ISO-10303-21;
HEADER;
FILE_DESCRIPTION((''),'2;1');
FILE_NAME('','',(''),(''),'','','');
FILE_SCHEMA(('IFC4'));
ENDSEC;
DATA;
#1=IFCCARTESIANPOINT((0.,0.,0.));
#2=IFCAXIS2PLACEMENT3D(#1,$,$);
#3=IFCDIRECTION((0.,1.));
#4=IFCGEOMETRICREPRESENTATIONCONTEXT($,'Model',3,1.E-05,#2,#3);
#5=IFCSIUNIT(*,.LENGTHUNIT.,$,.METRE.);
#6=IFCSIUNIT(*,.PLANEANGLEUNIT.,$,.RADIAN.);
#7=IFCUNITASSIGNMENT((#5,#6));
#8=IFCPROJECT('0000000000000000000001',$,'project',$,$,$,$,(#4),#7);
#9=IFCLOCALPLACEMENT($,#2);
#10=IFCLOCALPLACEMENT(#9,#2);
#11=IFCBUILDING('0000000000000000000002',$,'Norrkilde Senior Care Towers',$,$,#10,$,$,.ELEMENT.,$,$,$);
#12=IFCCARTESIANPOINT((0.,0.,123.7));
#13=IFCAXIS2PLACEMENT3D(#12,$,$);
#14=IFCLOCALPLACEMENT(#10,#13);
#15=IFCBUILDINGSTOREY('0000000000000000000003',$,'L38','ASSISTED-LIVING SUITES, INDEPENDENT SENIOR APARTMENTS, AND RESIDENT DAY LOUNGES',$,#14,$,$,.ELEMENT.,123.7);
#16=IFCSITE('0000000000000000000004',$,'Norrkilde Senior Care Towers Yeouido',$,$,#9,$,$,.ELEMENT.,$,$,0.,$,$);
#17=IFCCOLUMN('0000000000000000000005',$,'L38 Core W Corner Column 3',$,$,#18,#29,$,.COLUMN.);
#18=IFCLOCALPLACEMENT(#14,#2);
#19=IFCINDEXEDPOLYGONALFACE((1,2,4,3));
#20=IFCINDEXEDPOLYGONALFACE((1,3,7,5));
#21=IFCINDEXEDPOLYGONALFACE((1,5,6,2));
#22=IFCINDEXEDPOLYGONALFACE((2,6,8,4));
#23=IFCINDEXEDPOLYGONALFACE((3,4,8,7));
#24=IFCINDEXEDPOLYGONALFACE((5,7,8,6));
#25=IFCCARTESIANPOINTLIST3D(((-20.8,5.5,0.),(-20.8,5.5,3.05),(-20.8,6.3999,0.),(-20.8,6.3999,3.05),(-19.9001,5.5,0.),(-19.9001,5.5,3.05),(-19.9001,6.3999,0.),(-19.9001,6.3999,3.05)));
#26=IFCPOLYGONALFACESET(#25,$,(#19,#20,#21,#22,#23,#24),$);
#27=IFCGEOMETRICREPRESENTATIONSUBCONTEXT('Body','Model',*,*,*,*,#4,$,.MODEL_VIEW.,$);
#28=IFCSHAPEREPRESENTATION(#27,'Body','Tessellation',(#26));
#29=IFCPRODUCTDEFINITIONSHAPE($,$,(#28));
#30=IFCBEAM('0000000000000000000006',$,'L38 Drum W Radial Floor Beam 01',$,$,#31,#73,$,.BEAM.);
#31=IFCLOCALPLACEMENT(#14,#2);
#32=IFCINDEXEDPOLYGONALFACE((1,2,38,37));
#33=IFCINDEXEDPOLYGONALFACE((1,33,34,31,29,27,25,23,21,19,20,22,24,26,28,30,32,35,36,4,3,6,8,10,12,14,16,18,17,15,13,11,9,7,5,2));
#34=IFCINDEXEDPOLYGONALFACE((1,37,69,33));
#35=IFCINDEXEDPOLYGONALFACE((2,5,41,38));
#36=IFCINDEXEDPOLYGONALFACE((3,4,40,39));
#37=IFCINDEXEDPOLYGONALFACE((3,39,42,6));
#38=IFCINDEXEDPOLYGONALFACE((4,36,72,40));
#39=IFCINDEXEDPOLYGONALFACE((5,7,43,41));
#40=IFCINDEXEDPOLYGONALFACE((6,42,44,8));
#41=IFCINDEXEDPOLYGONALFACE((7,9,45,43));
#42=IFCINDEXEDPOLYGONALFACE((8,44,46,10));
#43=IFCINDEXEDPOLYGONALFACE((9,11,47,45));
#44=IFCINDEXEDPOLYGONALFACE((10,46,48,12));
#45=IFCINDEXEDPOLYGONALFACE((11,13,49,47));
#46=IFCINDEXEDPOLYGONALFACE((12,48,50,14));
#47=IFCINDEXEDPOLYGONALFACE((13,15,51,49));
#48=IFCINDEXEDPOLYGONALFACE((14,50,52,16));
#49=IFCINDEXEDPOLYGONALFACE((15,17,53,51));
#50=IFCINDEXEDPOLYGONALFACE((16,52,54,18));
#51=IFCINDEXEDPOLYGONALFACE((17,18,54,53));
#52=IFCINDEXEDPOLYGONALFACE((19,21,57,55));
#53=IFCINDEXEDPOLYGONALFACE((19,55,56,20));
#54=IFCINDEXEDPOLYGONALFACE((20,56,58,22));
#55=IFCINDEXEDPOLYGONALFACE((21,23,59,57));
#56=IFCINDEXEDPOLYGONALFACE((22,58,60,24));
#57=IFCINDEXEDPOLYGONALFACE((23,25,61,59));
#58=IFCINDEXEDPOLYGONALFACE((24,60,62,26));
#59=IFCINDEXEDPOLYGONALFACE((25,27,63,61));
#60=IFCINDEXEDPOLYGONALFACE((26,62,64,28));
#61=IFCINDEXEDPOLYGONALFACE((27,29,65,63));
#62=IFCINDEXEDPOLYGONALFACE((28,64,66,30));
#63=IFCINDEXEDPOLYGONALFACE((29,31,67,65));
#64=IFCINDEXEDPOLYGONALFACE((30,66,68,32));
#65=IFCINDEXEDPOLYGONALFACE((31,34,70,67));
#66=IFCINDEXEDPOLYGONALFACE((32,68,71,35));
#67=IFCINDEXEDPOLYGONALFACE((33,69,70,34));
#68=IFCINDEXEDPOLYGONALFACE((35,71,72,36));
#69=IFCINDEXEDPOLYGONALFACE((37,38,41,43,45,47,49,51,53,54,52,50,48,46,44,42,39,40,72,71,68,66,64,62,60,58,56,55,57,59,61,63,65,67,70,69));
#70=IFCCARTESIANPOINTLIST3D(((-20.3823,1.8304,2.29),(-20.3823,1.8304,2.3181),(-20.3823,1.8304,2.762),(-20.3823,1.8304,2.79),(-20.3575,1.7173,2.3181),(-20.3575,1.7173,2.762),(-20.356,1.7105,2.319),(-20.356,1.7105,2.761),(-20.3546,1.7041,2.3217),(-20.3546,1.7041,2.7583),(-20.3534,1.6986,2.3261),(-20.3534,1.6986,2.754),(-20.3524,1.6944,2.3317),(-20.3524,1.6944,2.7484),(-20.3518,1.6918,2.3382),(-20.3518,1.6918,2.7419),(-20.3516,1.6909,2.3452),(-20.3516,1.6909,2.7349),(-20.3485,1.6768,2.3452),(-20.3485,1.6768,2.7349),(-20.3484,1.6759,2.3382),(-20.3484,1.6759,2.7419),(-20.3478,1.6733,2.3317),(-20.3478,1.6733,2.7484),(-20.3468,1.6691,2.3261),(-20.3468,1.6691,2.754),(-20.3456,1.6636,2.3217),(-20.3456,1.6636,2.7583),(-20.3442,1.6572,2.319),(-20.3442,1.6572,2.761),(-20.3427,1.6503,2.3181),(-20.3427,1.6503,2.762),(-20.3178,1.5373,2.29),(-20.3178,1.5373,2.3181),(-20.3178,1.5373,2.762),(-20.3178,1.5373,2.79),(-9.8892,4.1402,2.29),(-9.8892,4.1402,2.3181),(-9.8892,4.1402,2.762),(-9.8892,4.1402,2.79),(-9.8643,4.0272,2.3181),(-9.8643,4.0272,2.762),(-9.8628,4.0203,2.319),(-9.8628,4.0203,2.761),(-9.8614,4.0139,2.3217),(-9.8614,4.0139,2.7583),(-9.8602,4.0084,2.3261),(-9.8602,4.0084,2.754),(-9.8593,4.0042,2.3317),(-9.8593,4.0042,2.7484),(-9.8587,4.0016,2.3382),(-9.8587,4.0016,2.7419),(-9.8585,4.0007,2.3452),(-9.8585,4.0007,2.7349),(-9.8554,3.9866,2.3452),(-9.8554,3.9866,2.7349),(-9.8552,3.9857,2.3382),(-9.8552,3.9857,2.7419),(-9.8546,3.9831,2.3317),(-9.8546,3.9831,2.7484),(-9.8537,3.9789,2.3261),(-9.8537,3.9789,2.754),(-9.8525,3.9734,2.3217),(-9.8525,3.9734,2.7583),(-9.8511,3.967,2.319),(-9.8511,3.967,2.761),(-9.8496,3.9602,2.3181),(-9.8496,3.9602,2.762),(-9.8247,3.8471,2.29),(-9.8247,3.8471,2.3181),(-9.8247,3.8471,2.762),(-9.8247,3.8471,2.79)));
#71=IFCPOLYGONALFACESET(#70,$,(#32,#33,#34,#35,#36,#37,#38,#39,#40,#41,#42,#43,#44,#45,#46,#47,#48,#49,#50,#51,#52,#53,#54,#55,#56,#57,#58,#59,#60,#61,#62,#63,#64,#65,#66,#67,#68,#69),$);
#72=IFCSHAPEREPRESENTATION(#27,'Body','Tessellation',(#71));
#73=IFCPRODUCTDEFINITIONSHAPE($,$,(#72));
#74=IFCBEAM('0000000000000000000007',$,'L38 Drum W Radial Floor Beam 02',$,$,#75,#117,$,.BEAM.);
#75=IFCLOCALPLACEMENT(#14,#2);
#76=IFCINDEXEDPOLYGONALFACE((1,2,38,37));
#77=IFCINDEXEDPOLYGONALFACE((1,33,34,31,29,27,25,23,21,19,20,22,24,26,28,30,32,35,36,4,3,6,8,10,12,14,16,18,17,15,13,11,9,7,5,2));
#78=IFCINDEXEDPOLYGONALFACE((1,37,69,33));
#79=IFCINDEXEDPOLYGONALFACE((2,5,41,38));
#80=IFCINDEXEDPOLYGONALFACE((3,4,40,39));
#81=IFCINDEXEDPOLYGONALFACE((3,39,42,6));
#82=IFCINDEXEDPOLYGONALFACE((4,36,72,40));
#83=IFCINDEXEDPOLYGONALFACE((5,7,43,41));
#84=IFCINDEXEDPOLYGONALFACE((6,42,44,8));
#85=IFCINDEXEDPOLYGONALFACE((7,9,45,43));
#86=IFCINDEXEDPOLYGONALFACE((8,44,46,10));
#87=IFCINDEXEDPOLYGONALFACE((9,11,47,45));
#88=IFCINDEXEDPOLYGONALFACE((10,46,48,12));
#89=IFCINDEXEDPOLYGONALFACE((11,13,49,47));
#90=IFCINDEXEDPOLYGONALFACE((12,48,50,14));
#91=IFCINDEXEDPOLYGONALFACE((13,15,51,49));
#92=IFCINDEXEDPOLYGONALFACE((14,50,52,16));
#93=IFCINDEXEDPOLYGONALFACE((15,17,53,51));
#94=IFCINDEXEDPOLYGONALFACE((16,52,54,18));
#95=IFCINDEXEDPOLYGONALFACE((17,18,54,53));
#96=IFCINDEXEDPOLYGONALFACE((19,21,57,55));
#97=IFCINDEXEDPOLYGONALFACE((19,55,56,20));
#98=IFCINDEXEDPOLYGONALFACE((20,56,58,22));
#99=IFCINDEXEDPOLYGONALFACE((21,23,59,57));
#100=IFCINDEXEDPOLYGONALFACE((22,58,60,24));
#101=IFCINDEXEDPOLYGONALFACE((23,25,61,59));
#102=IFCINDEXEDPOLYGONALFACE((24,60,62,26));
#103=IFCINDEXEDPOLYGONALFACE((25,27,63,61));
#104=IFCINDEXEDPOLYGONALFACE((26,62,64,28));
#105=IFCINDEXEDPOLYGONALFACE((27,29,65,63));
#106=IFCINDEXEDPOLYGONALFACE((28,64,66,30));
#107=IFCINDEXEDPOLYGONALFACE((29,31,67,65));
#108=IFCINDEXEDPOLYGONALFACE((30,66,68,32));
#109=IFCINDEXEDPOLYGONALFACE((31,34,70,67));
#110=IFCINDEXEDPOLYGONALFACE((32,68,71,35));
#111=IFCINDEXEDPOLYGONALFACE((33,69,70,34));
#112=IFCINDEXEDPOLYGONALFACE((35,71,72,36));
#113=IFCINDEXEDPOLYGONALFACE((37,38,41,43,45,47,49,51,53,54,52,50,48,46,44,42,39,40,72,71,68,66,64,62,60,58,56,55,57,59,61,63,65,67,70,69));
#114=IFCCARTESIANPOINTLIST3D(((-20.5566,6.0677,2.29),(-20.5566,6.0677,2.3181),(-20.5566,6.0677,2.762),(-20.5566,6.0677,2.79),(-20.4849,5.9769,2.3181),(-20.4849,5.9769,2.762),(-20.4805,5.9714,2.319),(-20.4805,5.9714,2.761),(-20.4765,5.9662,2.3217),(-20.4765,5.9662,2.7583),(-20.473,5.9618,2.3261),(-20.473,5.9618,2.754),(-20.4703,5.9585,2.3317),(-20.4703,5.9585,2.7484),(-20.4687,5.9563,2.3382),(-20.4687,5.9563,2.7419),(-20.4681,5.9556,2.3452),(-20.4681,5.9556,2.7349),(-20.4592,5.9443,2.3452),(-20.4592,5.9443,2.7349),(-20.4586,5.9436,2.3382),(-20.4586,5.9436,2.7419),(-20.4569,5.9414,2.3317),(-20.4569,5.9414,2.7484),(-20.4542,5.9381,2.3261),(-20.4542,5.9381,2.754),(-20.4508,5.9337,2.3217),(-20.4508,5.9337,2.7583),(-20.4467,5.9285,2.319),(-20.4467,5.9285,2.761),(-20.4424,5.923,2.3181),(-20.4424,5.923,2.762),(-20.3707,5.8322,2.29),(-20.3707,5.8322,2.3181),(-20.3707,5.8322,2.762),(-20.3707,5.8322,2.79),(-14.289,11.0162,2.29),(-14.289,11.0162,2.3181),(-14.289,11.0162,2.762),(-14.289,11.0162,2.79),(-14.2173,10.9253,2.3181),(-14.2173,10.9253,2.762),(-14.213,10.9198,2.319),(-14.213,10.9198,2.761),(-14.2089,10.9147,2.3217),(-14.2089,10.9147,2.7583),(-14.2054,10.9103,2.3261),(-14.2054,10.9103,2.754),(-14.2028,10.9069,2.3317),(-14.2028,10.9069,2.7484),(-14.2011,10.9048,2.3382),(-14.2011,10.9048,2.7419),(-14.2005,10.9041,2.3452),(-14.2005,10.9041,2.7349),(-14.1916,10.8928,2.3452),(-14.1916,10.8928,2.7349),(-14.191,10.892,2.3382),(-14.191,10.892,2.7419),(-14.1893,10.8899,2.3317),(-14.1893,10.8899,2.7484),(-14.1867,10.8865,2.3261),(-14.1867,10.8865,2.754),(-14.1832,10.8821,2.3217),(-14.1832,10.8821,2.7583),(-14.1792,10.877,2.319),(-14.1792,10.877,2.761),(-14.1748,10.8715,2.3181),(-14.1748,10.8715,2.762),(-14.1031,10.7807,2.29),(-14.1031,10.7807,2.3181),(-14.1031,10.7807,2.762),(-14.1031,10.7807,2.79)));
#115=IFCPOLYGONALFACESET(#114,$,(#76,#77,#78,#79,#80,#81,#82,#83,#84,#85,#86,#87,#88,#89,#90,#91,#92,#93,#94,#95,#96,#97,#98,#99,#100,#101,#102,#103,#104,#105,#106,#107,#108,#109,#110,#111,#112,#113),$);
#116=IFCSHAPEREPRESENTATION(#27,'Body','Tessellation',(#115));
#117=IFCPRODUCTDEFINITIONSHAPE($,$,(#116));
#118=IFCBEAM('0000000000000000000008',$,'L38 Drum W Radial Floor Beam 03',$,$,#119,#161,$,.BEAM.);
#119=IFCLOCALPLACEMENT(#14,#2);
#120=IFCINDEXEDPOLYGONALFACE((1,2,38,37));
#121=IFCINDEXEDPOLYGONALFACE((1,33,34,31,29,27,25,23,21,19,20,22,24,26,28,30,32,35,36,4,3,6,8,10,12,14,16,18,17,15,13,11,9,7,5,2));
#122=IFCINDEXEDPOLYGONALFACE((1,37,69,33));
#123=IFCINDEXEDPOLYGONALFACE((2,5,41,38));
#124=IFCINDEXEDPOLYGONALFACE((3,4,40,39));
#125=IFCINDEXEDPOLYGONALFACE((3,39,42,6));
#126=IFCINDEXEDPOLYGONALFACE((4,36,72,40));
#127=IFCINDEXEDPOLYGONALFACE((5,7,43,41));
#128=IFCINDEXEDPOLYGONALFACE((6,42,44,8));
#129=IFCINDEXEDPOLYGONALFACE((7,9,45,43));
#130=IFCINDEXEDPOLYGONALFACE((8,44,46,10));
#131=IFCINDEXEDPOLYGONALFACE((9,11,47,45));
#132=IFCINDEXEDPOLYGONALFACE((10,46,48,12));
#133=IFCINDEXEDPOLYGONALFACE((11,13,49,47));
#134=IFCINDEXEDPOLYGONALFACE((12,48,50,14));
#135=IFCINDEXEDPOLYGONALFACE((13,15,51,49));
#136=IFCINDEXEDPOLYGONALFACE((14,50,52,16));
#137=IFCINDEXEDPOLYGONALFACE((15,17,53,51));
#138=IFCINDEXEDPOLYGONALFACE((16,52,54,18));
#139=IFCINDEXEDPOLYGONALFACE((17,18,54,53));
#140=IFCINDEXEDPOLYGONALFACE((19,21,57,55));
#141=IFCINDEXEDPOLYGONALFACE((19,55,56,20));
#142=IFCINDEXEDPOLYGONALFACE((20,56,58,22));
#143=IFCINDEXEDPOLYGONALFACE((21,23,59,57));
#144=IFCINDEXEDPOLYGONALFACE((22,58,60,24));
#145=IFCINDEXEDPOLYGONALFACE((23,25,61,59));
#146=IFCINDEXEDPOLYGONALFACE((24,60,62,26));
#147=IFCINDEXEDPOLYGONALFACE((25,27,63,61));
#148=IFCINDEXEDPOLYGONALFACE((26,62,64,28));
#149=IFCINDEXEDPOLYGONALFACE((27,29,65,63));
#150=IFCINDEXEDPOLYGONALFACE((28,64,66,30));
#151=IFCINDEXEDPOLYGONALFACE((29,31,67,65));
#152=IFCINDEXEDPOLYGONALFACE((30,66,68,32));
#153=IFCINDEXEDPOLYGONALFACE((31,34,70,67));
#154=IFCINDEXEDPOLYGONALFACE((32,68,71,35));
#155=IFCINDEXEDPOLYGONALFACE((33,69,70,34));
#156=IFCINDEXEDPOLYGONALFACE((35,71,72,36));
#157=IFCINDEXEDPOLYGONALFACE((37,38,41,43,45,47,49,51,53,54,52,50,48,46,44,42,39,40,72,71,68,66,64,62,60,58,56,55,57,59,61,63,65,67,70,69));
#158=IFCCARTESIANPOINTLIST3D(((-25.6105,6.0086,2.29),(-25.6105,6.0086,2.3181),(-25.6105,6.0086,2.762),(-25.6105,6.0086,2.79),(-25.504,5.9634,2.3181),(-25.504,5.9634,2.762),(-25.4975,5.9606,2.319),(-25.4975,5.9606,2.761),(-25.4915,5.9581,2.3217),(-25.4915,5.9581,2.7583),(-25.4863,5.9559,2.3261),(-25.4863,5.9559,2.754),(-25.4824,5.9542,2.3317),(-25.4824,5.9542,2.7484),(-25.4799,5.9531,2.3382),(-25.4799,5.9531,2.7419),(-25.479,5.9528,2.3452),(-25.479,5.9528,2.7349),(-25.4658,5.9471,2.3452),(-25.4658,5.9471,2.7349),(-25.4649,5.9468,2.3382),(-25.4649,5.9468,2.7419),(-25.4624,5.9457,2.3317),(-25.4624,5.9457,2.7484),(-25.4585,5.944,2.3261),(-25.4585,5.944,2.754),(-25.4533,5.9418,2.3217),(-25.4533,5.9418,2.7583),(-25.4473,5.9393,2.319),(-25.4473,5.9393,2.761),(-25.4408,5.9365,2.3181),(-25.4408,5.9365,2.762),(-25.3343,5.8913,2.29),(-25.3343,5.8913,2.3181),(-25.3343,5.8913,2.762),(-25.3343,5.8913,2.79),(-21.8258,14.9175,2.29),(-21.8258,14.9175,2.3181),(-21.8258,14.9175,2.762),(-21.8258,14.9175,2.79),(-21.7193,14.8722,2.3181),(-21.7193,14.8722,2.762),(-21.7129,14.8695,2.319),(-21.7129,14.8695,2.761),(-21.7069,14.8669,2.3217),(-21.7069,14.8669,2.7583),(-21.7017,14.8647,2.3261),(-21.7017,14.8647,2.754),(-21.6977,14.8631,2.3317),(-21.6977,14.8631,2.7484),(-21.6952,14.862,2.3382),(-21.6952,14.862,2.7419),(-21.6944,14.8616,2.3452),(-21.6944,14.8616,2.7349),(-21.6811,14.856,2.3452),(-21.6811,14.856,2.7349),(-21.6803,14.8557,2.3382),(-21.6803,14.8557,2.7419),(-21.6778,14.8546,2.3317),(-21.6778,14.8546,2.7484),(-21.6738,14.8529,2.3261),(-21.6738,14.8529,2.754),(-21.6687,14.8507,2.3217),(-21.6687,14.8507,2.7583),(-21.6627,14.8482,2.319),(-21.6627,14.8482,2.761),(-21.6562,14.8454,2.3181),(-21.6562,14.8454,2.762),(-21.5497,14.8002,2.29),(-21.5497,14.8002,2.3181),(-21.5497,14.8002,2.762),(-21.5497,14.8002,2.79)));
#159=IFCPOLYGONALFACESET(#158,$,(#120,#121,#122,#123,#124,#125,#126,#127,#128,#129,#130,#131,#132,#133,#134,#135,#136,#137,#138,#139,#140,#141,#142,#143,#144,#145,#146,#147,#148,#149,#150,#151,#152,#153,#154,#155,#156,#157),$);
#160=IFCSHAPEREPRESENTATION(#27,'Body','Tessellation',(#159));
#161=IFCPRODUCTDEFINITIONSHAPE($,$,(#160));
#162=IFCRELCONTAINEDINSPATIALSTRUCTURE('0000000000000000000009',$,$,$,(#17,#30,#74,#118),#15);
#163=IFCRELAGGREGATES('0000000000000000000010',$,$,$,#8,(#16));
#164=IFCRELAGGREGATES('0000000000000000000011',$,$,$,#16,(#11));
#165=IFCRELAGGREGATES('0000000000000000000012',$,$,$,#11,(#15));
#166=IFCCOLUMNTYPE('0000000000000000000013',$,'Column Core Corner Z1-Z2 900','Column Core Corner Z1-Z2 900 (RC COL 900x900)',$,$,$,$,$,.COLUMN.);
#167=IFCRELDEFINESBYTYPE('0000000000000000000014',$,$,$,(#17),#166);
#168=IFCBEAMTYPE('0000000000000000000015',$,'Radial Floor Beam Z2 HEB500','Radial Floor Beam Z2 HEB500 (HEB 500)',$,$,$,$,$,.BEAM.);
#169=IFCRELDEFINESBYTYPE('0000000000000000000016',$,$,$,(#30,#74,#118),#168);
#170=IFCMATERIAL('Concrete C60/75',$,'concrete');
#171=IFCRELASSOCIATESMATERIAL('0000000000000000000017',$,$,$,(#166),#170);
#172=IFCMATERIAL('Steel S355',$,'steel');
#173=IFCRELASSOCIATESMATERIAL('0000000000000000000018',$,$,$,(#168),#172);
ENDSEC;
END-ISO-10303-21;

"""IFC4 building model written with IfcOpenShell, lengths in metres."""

from ifc_helpers import new_model, si_unit, direction, frame, origin, origin_2d, place, context, subcontext, project, spatial, rectangle, i_section, extrude, source, transform, mapped, material, material_profile, profile_set, type_object, type_shapes, element, save


model = new_model("IFC4")

# Units and contexts
model_context = context("Model", 3, precision=1e-05, world=origin(), true_north=direction((0.0, 1.0)))
body_context = subcontext(model_context, "Body", "Model", "MODEL_VIEW")
ifc_project = project(units=[si_unit("LENGTHUNIT", "METRE"), si_unit("PLANEANGLEUNIT", "RADIAN")], contexts=[model_context])

# Site, building, storey
site_placement = place(None, origin())
site = spatial("IfcSite", under=ifc_project, at=site_placement, Name="Norrkilde Senior Care Towers Yeouido", CompositionType="ELEMENT", RefElevation=0.0)
building_placement = place(site_placement, origin())
building = spatial("IfcBuilding", under=site, at=building_placement, Name="Norrkilde Senior Care Towers", CompositionType="ELEMENT")
storey_placement = place(building_placement, frame((0.0, 0.0, 123.7)))
storey = spatial("IfcBuildingStorey", under=building, at=storey_placement, Name="L38", Description="ASSISTED-LIVING SUITES, INDEPENDENT SENIOR APARTMENTS, AND RESIDENT DAY LOUNGES", CompositionType="ELEMENT", Elevation=123.7)

# Column
ifc_material_1 = material(Name="Concrete C60/75", Category="concrete")
ifc_material_profile_1 = material_profile(ifc_material_1, rectangle(XDim=0.8999, YDim=0.8999, at=origin_2d()), Name="RC COL 900x900")
ifc_profile_set_1 = profile_set([ifc_material_profile_1], Name="Concrete C60/75")
column_type = type_object("IfcColumnType", Name="Column Core Corner Z1-Z2 900", Description="Column Core Corner Z1-Z2 900 (RC COL 900x900)", PredefinedType="COLUMN", material=ifc_profile_set_1)
shared_shape_1 = source(origin(), body_context, "Body", "SweptSolid", [
    extrude(rectangle(XDim=0.8999, YDim=0.8999, at=origin_2d()), origin(), (0.0, 0.0, 1.0), 3.05),
])
type_shapes(column_type, [shared_shape_1])
column_placement = place(storey_placement, frame((-20.3501, 5.95, 0.0), z_axis=(0.0, 0.0, 1.0), x_axis=(1.0, 0.0, 0.0)))
element("IfcColumn", 1, at=column_placement, inside=storey, type_object=column_type, Name="L38 Core W Corner Column 3", PredefinedType="COLUMN", context=body_context, shape_type="MappedRepresentation", body=[
    mapped(shared_shape_1, transform((0.0, 0.0, 0.0), x_axis=(1.0, 0.0, 0.0), y_axis=(0.0, 1.0, 0.0), z_axis=(0.0, 0.0, 1.0), scale=1.0)),
])

# Beams
ifc_material_2 = material(Name="Steel S355", Category="steel")
ifc_material_profile_2 = material_profile(ifc_material_2, i_section(OverallWidth=0.3, OverallDepth=0.5, WebThickness=0.0144, FlangeThickness=0.0281, FilletRadius=0.0271, at=origin_2d()), Name="HEB 500")
ifc_profile_set_2 = profile_set([ifc_material_profile_2], Name="Steel S355")
beam_type = type_object("IfcBeamType", Name="Radial Floor Beam Z2 HEB500", Description="Radial Floor Beam Z2 HEB500 (HEB 500)", PredefinedType="BEAM", material=ifc_profile_set_2)
shared_shape_2 = source(origin(), body_context, "Body", "SweptSolid", [
    extrude(i_section(OverallWidth=0.3, OverallDepth=0.5, WebThickness=0.0144, FlangeThickness=0.0281, FilletRadius=0.0271, at=origin_2d()), origin(), (0.0, 0.0, 1.0), 10.7444),
])
beam_1_placement = place(storey_placement, frame((-20.3501, 1.6838, 2.54), z_axis=(0.976619, 0.214979, 0.0), x_axis=(-0.214979, 0.976619, 0.0)))
element("IfcBeam", 2, at=beam_1_placement, inside=storey, type_object=beam_type, Name="L38 Drum W Radial Floor Beam 01", PredefinedType="BEAM", context=body_context, shape_type="MappedRepresentation", body=[
    mapped(shared_shape_2, transform((0.0, 0.0, 0.0), x_axis=(1.0, 0.0, 0.0), y_axis=(0.0, 1.0, 0.0), z_axis=(0.0, 0.0, 1.0), scale=1.0)),
])
shared_shape_3 = source(origin(), body_context, "Body", "SweptSolid", [
    extrude(i_section(OverallWidth=0.3, OverallDepth=0.5, WebThickness=0.0144, FlangeThickness=0.0281, FilletRadius=0.0271, at=origin_2d()), origin(), (0.0, 0.0, 1.0), 7.9856),
])
beam_2_placement = place(storey_placement, frame((-20.4636, 5.95, 2.54), z_axis=(0.784859, 0.619675, 0.0), x_axis=(-0.619675, 0.784859, 0.0)))
element("IfcBeam", 3, at=beam_2_placement, inside=storey, type_object=beam_type, Name="L38 Drum W Radial Floor Beam 02", PredefinedType="BEAM", context=body_context, shape_type="MappedRepresentation", body=[
    mapped(shared_shape_3, transform((0.0, 0.0, 0.0), x_axis=(1.0, 0.0, 0.0), y_axis=(0.0, 1.0, 0.0), z_axis=(0.0, 0.0, 1.0), scale=1.0)),
])
shared_shape_4 = source(origin(), body_context, "Body", "SweptSolid", [
    extrude(i_section(OverallWidth=0.3, OverallDepth=0.5, WebThickness=0.0144, FlangeThickness=0.0281, FilletRadius=0.0271, at=origin_2d()), origin(), (0.0, 0.0, 1.0), 9.6794),
])
beam_3_placement = place(storey_placement, frame((-25.4724, 5.95, 2.54), z_axis=(0.390998, 0.920392, 0.0), x_axis=(-0.920392, 0.390998, 0.0)))
element("IfcBeam", 4, at=beam_3_placement, inside=storey, type_object=beam_type, Name="L38 Drum W Radial Floor Beam 03", PredefinedType="BEAM", context=body_context, shape_type="MappedRepresentation", body=[
    mapped(shared_shape_4, transform((0.0, 0.0, 0.0), x_axis=(1.0, 0.0, 0.0), y_axis=(0.0, 1.0, 0.0), z_axis=(0.0, 0.0, 1.0), scale=1.0)),
])

save(model, "model.ifc")
